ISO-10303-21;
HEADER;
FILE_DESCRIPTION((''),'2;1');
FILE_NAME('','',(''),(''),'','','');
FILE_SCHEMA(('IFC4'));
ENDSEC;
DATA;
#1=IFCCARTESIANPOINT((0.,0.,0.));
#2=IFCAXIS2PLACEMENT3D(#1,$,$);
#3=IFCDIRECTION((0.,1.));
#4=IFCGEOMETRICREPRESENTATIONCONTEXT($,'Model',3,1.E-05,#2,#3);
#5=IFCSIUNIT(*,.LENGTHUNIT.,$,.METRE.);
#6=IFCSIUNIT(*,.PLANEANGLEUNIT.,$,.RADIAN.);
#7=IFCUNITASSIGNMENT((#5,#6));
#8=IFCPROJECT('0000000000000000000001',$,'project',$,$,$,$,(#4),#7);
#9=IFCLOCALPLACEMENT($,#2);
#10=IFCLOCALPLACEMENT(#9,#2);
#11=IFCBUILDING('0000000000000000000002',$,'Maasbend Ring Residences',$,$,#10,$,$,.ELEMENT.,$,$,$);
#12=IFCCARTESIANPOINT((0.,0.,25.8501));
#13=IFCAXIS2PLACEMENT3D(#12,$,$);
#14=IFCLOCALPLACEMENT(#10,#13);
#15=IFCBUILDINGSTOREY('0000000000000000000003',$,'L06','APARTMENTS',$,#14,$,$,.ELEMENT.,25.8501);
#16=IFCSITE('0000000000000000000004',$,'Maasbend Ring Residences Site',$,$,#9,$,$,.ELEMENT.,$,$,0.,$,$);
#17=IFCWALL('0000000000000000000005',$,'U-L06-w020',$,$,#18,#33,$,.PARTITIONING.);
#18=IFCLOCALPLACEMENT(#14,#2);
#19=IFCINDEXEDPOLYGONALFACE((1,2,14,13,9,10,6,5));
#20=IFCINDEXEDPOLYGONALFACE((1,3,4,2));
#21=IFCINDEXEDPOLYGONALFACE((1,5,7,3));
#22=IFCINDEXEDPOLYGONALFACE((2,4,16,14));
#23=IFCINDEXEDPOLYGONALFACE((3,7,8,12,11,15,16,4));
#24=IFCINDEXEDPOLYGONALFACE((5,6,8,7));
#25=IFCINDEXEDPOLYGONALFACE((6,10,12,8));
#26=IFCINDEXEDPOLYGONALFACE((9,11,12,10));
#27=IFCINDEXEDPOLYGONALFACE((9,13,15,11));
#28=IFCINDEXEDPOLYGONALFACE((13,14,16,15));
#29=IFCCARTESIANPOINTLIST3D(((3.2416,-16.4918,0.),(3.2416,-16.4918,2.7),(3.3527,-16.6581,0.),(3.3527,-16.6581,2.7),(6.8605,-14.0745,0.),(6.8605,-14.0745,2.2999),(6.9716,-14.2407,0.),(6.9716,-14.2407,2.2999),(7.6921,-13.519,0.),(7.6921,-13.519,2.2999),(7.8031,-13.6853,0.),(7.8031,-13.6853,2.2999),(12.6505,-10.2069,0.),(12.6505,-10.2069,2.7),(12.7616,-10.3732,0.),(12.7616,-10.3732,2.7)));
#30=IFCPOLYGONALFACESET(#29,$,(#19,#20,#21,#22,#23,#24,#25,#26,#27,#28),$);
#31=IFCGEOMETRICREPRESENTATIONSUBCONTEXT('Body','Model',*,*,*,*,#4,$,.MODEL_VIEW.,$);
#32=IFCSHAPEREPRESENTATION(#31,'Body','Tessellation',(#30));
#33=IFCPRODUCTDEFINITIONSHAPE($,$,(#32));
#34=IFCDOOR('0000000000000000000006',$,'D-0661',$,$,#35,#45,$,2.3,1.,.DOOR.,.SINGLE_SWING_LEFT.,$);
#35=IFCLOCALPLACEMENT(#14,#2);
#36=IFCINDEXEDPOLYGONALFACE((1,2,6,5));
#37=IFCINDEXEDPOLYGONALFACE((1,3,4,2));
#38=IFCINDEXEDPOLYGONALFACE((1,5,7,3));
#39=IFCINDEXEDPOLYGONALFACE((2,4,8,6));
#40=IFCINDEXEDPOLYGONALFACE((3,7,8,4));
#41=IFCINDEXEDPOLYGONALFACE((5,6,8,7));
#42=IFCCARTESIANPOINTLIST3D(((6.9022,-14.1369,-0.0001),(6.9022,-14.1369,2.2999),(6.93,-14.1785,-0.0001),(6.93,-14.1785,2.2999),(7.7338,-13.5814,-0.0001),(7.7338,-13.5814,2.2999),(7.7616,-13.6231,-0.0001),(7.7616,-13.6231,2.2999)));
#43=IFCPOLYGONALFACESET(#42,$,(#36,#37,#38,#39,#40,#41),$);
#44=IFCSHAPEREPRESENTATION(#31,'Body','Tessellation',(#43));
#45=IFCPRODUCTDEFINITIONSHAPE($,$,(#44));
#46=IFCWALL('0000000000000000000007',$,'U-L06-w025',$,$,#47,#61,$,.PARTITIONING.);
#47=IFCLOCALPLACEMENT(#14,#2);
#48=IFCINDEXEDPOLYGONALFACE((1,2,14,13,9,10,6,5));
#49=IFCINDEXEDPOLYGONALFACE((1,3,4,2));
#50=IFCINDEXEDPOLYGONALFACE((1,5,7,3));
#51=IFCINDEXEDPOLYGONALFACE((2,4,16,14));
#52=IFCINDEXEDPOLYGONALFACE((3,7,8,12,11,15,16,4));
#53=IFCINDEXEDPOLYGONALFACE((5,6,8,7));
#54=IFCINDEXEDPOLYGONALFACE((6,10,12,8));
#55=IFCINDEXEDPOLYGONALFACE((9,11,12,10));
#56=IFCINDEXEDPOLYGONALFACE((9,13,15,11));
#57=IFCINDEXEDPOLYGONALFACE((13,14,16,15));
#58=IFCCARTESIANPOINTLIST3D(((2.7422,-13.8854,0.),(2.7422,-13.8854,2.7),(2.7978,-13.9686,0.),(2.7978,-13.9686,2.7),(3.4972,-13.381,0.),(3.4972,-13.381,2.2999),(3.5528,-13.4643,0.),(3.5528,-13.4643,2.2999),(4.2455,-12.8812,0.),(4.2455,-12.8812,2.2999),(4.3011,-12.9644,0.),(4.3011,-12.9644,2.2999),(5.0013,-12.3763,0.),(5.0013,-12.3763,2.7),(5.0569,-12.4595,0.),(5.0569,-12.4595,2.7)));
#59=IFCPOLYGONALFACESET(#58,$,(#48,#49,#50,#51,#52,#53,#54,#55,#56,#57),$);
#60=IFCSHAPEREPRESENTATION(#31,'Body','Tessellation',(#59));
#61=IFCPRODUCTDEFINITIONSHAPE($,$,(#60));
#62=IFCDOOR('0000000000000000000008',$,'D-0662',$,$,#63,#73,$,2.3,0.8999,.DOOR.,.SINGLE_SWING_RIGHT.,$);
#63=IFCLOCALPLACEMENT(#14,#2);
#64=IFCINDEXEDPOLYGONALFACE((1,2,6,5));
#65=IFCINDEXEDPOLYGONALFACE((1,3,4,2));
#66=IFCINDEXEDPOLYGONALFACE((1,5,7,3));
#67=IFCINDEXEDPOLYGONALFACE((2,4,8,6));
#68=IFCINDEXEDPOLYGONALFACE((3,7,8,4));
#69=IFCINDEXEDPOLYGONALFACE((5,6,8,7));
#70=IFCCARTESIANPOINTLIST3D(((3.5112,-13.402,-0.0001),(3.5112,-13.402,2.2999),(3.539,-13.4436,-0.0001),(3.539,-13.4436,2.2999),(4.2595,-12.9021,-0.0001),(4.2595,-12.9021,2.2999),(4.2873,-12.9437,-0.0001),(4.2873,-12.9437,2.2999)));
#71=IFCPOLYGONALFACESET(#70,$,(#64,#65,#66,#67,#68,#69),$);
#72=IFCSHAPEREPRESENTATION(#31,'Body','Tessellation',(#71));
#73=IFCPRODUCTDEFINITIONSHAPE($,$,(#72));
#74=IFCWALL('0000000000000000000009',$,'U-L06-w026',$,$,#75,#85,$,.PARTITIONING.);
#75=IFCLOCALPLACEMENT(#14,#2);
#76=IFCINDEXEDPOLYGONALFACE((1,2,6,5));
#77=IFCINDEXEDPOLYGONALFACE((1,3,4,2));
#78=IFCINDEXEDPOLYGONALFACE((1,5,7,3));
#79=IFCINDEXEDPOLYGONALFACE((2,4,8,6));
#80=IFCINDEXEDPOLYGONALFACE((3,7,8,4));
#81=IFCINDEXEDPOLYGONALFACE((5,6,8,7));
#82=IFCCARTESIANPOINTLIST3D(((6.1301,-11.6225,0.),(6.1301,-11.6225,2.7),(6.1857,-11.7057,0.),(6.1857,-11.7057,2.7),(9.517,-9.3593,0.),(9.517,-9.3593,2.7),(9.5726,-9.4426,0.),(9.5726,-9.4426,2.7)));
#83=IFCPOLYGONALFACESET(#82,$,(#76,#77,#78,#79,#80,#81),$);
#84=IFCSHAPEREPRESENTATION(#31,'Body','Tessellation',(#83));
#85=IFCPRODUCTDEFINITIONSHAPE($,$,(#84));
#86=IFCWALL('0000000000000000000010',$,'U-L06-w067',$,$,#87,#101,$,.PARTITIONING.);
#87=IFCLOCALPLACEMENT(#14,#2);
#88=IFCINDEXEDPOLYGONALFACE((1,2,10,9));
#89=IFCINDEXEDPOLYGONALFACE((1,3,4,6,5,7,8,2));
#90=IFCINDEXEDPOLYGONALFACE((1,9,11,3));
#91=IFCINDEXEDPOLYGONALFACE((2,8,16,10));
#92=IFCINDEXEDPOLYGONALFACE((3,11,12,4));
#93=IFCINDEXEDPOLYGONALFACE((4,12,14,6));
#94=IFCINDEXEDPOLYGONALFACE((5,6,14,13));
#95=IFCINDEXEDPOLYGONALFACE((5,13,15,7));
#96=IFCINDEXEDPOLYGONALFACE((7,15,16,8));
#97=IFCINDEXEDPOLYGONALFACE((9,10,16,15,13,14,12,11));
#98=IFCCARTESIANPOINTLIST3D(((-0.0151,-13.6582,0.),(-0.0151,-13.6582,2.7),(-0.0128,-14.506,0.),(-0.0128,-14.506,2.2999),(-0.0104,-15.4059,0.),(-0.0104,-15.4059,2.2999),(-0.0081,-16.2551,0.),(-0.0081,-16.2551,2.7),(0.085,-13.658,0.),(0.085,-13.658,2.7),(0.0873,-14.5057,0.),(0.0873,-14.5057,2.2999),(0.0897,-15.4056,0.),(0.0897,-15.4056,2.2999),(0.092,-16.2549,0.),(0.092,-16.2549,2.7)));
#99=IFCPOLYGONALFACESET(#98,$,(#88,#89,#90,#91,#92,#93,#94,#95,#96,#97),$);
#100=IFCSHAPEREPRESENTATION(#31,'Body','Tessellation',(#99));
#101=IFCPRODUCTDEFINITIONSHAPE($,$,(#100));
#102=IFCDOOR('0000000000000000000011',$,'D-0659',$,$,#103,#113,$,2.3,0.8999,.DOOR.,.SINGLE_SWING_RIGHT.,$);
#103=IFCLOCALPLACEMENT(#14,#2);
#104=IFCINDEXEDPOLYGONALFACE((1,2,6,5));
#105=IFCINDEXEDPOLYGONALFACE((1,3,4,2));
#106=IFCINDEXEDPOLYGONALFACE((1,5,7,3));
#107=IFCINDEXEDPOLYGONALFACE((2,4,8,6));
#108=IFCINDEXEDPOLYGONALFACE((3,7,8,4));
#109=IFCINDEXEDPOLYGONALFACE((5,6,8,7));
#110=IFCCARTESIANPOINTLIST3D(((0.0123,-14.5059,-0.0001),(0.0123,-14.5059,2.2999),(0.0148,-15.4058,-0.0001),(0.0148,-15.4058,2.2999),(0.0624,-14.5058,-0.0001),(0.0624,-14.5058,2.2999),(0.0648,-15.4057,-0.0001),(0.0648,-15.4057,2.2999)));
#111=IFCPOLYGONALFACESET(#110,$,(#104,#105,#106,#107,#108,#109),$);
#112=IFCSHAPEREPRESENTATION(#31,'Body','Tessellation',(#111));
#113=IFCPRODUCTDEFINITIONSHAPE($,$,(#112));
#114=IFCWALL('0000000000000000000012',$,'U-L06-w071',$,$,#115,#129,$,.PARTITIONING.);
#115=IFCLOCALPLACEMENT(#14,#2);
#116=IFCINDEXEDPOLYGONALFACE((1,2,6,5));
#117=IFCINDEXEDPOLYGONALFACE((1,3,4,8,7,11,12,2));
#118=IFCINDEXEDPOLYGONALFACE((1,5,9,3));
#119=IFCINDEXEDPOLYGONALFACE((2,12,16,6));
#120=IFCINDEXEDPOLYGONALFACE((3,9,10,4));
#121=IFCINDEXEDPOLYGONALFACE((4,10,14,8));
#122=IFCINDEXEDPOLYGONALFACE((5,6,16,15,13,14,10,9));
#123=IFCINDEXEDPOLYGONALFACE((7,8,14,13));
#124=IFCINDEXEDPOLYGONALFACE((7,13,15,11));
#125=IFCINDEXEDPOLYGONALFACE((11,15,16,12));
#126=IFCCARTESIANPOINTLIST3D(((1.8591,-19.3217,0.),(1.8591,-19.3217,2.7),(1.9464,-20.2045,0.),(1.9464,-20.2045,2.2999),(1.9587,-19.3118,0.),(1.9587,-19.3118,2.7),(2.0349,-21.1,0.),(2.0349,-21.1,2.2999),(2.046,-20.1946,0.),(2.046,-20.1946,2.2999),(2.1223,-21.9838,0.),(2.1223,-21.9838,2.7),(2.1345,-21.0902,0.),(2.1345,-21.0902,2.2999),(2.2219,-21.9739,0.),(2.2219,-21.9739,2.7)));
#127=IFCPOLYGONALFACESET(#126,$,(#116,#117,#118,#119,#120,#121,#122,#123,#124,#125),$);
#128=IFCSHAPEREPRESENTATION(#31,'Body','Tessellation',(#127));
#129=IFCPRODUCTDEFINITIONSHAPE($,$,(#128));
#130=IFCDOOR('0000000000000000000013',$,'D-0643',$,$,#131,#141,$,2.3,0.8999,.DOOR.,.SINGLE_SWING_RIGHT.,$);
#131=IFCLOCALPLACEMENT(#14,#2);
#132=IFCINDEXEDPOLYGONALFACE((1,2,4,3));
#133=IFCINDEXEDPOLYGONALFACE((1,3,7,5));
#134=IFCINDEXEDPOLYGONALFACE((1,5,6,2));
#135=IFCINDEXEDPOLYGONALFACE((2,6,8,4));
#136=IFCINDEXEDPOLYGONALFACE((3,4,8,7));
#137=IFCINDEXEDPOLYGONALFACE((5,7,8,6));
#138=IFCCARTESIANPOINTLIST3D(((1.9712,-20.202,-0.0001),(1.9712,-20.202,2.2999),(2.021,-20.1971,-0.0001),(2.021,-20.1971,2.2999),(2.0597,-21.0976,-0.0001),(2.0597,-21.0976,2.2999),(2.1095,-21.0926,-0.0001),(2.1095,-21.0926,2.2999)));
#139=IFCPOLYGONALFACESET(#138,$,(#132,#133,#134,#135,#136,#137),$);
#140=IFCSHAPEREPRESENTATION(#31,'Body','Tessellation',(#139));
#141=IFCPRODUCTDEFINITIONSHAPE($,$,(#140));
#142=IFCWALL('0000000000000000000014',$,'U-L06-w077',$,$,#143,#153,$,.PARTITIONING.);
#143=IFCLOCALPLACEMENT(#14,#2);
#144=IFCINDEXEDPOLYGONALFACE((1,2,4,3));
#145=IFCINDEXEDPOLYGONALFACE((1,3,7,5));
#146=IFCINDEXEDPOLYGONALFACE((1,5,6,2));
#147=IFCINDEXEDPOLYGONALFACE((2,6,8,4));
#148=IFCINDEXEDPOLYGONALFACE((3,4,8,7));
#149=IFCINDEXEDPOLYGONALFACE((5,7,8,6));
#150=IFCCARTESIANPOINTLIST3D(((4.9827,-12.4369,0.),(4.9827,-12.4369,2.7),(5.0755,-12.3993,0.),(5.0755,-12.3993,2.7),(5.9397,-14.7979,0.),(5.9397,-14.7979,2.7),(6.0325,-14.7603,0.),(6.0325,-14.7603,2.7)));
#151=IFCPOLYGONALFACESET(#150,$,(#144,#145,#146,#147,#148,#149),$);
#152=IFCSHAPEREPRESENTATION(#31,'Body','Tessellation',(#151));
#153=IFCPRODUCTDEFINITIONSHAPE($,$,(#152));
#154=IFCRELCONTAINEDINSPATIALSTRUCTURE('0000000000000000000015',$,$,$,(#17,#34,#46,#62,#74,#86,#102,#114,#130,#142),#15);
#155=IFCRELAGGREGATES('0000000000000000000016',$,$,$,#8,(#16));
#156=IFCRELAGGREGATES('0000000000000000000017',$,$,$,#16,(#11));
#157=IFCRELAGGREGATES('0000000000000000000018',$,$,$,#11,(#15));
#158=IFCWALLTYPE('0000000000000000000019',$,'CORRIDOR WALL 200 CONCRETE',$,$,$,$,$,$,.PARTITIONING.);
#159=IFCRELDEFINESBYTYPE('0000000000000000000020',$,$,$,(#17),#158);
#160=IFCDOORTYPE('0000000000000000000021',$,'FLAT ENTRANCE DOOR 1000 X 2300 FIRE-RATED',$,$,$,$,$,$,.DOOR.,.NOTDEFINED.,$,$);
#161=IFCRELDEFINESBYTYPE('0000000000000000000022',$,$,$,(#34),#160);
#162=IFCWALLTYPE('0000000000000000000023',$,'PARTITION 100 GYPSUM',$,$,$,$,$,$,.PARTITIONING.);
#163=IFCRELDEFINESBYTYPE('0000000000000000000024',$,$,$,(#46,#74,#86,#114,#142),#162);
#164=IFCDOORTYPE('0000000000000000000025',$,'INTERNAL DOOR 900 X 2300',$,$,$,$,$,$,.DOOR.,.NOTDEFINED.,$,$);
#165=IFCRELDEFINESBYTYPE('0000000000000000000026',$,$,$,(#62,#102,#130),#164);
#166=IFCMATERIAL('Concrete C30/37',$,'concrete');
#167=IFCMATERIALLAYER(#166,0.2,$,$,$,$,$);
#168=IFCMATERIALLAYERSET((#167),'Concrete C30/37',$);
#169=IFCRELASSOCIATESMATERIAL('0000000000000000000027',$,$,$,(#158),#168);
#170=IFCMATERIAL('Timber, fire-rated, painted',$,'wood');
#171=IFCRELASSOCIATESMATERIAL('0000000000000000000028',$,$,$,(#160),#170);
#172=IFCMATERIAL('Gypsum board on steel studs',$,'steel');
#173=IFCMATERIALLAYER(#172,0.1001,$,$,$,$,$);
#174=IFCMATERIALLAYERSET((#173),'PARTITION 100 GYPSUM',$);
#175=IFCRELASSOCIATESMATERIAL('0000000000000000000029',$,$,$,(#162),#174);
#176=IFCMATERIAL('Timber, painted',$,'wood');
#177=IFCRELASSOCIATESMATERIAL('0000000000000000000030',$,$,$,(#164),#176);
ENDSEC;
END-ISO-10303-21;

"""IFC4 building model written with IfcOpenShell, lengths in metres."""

from ifc_helpers import new_model, si_unit, direction, frame, frame_2d, origin, place, context, subcontext, project, spatial, rectangle, extrude, material, layer, layer_set, type_object, element, fill, save


model = new_model("IFC4")

# Units and contexts
model_context = context("Model", 3, precision=1e-05, world=origin(), true_north=direction((0.0, 1.0)))
body_context = subcontext(model_context, "Body", "Model", "MODEL_VIEW")
ifc_project = project(units=[si_unit("LENGTHUNIT", "METRE"), si_unit("PLANEANGLEUNIT", "RADIAN")], contexts=[model_context])

# Site, building, storey
site_placement = place(None, origin())
site = spatial("IfcSite", under=ifc_project, at=site_placement, Name="Maasbend Ring Residences Site", CompositionType="ELEMENT", RefElevation=0.0)
building_placement = place(site_placement, origin())
building = spatial("IfcBuilding", under=site, at=building_placement, Name="Maasbend Ring Residences", CompositionType="ELEMENT")
storey_placement = place(building_placement, frame((0.0, 0.0, 25.8501)))
storey = spatial("IfcBuildingStorey", under=building, at=storey_placement, Name="L06", Description="APARTMENTS", CompositionType="ELEMENT", Elevation=25.8501)

# Walls, openings, doors
ifc_material_1 = material(Name="Concrete C30/37", Category="concrete")
ifc_layer_1 = layer(ifc_material_1, 0.2)
ifc_layer_set_1 = layer_set([ifc_layer_1], Name="Concrete C30/37")
wall_type_1 = type_object("IfcWallType", Name="CORRIDOR WALL 200 CONCRETE", PredefinedType="PARTITIONING", material=ifc_layer_set_1)
ifc_material_2 = material(Name="Timber, fire-rated, painted", Category="wood")
door_type_1 = type_object("IfcDoorType", Name="FLAT ENTRANCE DOOR 1000 X 2300 FIRE-RATED", OperationType="NOTDEFINED", PredefinedType="DOOR", material=ifc_material_2)
wall_1_placement = place(storey_placement, frame((3.2971, -16.575, 0.0), z_axis=(0.0, 0.0, 1.0), x_axis=(0.831549, 0.555452, 0.0)))
wall_1 = element("IfcWall", 1, at=wall_1_placement, inside=storey, type_object=wall_type_1, Name="U-L06-w020", PredefinedType="PARTITIONING", context=body_context, shape_type="SweptSolid", body=[
    extrude(rectangle(XDim=11.3149, YDim=0.2, at=frame_2d((5.6575, 0.0))), origin(), (0.0, 0.0, 1.0), 2.7),
])
opening_1_placement = place(wall_1_placement, frame((4.3521, 0.0, 0.0)))
opening_1 = element("IfcOpeningElement", 2, at=opening_1_placement, cuts=wall_1, PredefinedType="OPENING", context=body_context, shape_type="SweptSolid", body=[
    extrude(rectangle(XDim=1.0, YDim=2.3, at=frame_2d((0.5, 1.1499))), frame((0.0, 0.1099, 0.0), z_axis=(0.0, -1.0, 0.0), x_axis=(1.0, 0.0, 0.0)), (0.0, 0.0, 1.0), 0.22),
])
door_1_placement = place(opening_1_placement, origin())
door_1 = element("IfcDoor", 3, at=door_1_placement, inside=storey, type_object=door_type_1, Name="D-0661", OperationType="SINGLE_SWING_LEFT", OverallHeight=2.3, OverallWidth=1.0, PredefinedType="DOOR", context=body_context, shape_type="SweptSolid", body=[
    extrude(rectangle(XDim=1.0, YDim=2.3, at=frame_2d((0.5, 1.1499))), frame((0.0, 0.0249, 0.0), z_axis=(0.0, -1.0, 0.0), x_axis=(1.0, 0.0, 0.0)), (0.0, 0.0, 1.0), 0.05),
])
fill(opening_1, door_1)
ifc_material_3 = material(Name="Gypsum board on steel studs", Category="steel")
ifc_layer_2 = layer(ifc_material_3, 0.1001)
ifc_layer_set_2 = layer_set([ifc_layer_2], Name="PARTITION 100 GYPSUM")
wall_type_2 = type_object("IfcWallType", Name="PARTITION 100 GYPSUM", PredefinedType="PARTITIONING", material=ifc_layer_set_2)
wall_2_placement = place(storey_placement, frame((2.77, -13.927, 0.0), z_axis=(0.0, 0.0, 1.0), x_axis=(0.831538, 0.555467, 0.0)))
wall_2 = element("IfcWall", 4, at=wall_2_placement, inside=storey, type_object=wall_type_2, Name="U-L06-w025", PredefinedType="PARTITIONING", context=body_context, shape_type="SweptSolid", body=[
    extrude(rectangle(XDim=2.7168, YDim=0.1001, at=frame_2d((1.3584, 0.0))), origin(), (0.0, 0.0, 1.0), 2.7),
])
opening_2_placement = place(wall_2_placement, frame((0.908, 0.0, 0.0)))
opening_2 = element("IfcOpeningElement", 5, at=opening_2_placement, cuts=wall_2, PredefinedType="OPENING", context=body_context, shape_type="SweptSolid", body=[
    extrude(rectangle(XDim=0.8999, YDim=2.3, at=frame_2d((0.45, 1.1499))), frame((0.0, 0.0601, 0.0), z_axis=(0.0, -1.0, 0.0), x_axis=(1.0, 0.0, 0.0)), (0.0, 0.0, 1.0), 0.1201),
])
ifc_material_4 = material(Name="Timber, painted", Category="wood")
door_type_2 = type_object("IfcDoorType", Name="INTERNAL DOOR 900 X 2300", OperationType="NOTDEFINED", PredefinedType="DOOR", material=ifc_material_4)
door_2_placement = place(opening_2_placement, origin())
door_2 = element("IfcDoor", 6, at=door_2_placement, inside=storey, type_object=door_type_2, Name="D-0662", OperationType="SINGLE_SWING_RIGHT", OverallHeight=2.3, OverallWidth=0.8999, PredefinedType="DOOR", context=body_context, shape_type="SweptSolid", body=[
    extrude(rectangle(XDim=0.8999, YDim=2.3, at=frame_2d((0.45, 1.1499))), frame((0.0, 0.0249, 0.0), z_axis=(0.0, -1.0, 0.0), x_axis=(1.0, 0.0, 0.0)), (0.0, 0.0, 1.0), 0.05),
])
fill(opening_2, door_2)

# Wall
wall_3_placement = place(storey_placement, frame((6.158, -11.6641, 0.0), z_axis=(0.0, 0.0, 1.0), x_axis=(0.83146, 0.555585, 0.0)))
element("IfcWall", 7, at=wall_3_placement, inside=storey, type_object=wall_type_2, Name="U-L06-w026", PredefinedType="PARTITIONING", context=body_context, shape_type="SweptSolid", body=[
    extrude(rectangle(XDim=4.0735, YDim=0.1001, at=frame_2d((2.0366, 0.0))), origin(), (0.0, 0.0, 1.0), 2.7),
])

# Walls, openings, doors
wall_4_placement = place(storey_placement, frame((0.042, -16.2549, 0.0), z_axis=(0.0, 0.0, 1.0), x_axis=(-0.002726, 0.999996, 0.0)))
wall_4 = element("IfcWall", 8, at=wall_4_placement, inside=storey, type_object=wall_type_2, Name="U-L06-w067", PredefinedType="PARTITIONING", context=body_context, shape_type="SweptSolid", body=[
    extrude(rectangle(XDim=2.5969, YDim=0.1001, at=frame_2d((1.2983, 0.0))), origin(), (0.0, 0.0, 1.0), 2.7),
])
opening_3_placement = place(wall_4_placement, frame((0.8491, 0.0, 0.0)))
opening_3 = element("IfcOpeningElement", 9, at=opening_3_placement, cuts=wall_4, PredefinedType="OPENING", context=body_context, shape_type="SweptSolid", body=[
    extrude(rectangle(XDim=0.8999, YDim=2.3, at=frame_2d((0.45, 1.1499))), frame((0.0, 0.0601, 0.0), z_axis=(0.0, -1.0, 0.0), x_axis=(1.0, 0.0, 0.0)), (0.0, 0.0, 1.0), 0.1201),
])
door_3_placement = place(opening_3_placement, origin())
door_3 = element("IfcDoor", 10, at=door_3_placement, inside=storey, type_object=door_type_2, Name="D-0659", OperationType="SINGLE_SWING_RIGHT", OverallHeight=2.3, OverallWidth=0.8999, PredefinedType="DOOR", context=body_context, shape_type="SweptSolid", body=[
    extrude(rectangle(XDim=0.8999, YDim=2.3, at=frame_2d((0.45, 1.1499))), frame((0.0, 0.0249, 0.0), z_axis=(0.0, -1.0, 0.0), x_axis=(1.0, 0.0, 0.0)), (0.0, 0.0, 1.0), 0.05),
])
fill(opening_3, door_3)
wall_5_placement = place(storey_placement, frame((1.9089, -19.3169, 0.0), z_axis=(0.0, 0.0, 1.0), x_axis=(0.098383, -0.995149, 0.0)))
wall_5 = element("IfcWall", 11, at=wall_5_placement, inside=storey, type_object=wall_type_2, Name="U-L06-w071", PredefinedType="PARTITIONING", context=body_context, shape_type="SweptSolid", body=[
    extrude(rectangle(XDim=2.675, YDim=0.1001, at=frame_2d((1.3374, 0.0))), origin(), (0.0, 0.0, 1.0), 2.7),
])
opening_4_placement = place(wall_5_placement, frame((0.887, 0.0, 0.0)))
opening_4 = element("IfcOpeningElement", 12, at=opening_4_placement, cuts=wall_5, PredefinedType="OPENING", context=body_context, shape_type="SweptSolid", body=[
    extrude(rectangle(XDim=0.8999, YDim=2.3, at=frame_2d((0.45, 1.1499))), frame((0.0, 0.0601, 0.0), z_axis=(0.0, -1.0, 0.0), x_axis=(1.0, 0.0, 0.0)), (0.0, 0.0, 1.0), 0.1201),
])
door_4_placement = place(opening_4_placement, origin())
door_4 = element("IfcDoor", 13, at=door_4_placement, inside=storey, type_object=door_type_2, Name="D-0643", OperationType="SINGLE_SWING_RIGHT", OverallHeight=2.3, OverallWidth=0.8999, PredefinedType="DOOR", context=body_context, shape_type="SweptSolid", body=[
    extrude(rectangle(XDim=0.8999, YDim=2.3, at=frame_2d((0.45, 1.1499))), frame((0.0, 0.0249, 0.0), z_axis=(0.0, -1.0, 0.0), x_axis=(1.0, 0.0, 0.0)), (0.0, 0.0, 1.0), 0.05),
])
fill(opening_4, door_4)

# Wall
wall_6_placement = place(storey_placement, frame((5.0291, -12.418, 0.0), z_axis=(0.0, 0.0, 1.0), x_axis=(0.375649, -0.926762, 0.0)))
element("IfcWall", 14, at=wall_6_placement, inside=storey, type_object=wall_type_2, Name="U-L06-w077", PredefinedType="PARTITIONING", context=body_context, shape_type="SweptSolid", body=[
    extrude(rectangle(XDim=2.5476, YDim=0.1001, at=frame_2d((1.2739, 0.0))), origin(), (0.0, 0.0, 1.0), 2.7),
])

save(model, "model.ifc")
